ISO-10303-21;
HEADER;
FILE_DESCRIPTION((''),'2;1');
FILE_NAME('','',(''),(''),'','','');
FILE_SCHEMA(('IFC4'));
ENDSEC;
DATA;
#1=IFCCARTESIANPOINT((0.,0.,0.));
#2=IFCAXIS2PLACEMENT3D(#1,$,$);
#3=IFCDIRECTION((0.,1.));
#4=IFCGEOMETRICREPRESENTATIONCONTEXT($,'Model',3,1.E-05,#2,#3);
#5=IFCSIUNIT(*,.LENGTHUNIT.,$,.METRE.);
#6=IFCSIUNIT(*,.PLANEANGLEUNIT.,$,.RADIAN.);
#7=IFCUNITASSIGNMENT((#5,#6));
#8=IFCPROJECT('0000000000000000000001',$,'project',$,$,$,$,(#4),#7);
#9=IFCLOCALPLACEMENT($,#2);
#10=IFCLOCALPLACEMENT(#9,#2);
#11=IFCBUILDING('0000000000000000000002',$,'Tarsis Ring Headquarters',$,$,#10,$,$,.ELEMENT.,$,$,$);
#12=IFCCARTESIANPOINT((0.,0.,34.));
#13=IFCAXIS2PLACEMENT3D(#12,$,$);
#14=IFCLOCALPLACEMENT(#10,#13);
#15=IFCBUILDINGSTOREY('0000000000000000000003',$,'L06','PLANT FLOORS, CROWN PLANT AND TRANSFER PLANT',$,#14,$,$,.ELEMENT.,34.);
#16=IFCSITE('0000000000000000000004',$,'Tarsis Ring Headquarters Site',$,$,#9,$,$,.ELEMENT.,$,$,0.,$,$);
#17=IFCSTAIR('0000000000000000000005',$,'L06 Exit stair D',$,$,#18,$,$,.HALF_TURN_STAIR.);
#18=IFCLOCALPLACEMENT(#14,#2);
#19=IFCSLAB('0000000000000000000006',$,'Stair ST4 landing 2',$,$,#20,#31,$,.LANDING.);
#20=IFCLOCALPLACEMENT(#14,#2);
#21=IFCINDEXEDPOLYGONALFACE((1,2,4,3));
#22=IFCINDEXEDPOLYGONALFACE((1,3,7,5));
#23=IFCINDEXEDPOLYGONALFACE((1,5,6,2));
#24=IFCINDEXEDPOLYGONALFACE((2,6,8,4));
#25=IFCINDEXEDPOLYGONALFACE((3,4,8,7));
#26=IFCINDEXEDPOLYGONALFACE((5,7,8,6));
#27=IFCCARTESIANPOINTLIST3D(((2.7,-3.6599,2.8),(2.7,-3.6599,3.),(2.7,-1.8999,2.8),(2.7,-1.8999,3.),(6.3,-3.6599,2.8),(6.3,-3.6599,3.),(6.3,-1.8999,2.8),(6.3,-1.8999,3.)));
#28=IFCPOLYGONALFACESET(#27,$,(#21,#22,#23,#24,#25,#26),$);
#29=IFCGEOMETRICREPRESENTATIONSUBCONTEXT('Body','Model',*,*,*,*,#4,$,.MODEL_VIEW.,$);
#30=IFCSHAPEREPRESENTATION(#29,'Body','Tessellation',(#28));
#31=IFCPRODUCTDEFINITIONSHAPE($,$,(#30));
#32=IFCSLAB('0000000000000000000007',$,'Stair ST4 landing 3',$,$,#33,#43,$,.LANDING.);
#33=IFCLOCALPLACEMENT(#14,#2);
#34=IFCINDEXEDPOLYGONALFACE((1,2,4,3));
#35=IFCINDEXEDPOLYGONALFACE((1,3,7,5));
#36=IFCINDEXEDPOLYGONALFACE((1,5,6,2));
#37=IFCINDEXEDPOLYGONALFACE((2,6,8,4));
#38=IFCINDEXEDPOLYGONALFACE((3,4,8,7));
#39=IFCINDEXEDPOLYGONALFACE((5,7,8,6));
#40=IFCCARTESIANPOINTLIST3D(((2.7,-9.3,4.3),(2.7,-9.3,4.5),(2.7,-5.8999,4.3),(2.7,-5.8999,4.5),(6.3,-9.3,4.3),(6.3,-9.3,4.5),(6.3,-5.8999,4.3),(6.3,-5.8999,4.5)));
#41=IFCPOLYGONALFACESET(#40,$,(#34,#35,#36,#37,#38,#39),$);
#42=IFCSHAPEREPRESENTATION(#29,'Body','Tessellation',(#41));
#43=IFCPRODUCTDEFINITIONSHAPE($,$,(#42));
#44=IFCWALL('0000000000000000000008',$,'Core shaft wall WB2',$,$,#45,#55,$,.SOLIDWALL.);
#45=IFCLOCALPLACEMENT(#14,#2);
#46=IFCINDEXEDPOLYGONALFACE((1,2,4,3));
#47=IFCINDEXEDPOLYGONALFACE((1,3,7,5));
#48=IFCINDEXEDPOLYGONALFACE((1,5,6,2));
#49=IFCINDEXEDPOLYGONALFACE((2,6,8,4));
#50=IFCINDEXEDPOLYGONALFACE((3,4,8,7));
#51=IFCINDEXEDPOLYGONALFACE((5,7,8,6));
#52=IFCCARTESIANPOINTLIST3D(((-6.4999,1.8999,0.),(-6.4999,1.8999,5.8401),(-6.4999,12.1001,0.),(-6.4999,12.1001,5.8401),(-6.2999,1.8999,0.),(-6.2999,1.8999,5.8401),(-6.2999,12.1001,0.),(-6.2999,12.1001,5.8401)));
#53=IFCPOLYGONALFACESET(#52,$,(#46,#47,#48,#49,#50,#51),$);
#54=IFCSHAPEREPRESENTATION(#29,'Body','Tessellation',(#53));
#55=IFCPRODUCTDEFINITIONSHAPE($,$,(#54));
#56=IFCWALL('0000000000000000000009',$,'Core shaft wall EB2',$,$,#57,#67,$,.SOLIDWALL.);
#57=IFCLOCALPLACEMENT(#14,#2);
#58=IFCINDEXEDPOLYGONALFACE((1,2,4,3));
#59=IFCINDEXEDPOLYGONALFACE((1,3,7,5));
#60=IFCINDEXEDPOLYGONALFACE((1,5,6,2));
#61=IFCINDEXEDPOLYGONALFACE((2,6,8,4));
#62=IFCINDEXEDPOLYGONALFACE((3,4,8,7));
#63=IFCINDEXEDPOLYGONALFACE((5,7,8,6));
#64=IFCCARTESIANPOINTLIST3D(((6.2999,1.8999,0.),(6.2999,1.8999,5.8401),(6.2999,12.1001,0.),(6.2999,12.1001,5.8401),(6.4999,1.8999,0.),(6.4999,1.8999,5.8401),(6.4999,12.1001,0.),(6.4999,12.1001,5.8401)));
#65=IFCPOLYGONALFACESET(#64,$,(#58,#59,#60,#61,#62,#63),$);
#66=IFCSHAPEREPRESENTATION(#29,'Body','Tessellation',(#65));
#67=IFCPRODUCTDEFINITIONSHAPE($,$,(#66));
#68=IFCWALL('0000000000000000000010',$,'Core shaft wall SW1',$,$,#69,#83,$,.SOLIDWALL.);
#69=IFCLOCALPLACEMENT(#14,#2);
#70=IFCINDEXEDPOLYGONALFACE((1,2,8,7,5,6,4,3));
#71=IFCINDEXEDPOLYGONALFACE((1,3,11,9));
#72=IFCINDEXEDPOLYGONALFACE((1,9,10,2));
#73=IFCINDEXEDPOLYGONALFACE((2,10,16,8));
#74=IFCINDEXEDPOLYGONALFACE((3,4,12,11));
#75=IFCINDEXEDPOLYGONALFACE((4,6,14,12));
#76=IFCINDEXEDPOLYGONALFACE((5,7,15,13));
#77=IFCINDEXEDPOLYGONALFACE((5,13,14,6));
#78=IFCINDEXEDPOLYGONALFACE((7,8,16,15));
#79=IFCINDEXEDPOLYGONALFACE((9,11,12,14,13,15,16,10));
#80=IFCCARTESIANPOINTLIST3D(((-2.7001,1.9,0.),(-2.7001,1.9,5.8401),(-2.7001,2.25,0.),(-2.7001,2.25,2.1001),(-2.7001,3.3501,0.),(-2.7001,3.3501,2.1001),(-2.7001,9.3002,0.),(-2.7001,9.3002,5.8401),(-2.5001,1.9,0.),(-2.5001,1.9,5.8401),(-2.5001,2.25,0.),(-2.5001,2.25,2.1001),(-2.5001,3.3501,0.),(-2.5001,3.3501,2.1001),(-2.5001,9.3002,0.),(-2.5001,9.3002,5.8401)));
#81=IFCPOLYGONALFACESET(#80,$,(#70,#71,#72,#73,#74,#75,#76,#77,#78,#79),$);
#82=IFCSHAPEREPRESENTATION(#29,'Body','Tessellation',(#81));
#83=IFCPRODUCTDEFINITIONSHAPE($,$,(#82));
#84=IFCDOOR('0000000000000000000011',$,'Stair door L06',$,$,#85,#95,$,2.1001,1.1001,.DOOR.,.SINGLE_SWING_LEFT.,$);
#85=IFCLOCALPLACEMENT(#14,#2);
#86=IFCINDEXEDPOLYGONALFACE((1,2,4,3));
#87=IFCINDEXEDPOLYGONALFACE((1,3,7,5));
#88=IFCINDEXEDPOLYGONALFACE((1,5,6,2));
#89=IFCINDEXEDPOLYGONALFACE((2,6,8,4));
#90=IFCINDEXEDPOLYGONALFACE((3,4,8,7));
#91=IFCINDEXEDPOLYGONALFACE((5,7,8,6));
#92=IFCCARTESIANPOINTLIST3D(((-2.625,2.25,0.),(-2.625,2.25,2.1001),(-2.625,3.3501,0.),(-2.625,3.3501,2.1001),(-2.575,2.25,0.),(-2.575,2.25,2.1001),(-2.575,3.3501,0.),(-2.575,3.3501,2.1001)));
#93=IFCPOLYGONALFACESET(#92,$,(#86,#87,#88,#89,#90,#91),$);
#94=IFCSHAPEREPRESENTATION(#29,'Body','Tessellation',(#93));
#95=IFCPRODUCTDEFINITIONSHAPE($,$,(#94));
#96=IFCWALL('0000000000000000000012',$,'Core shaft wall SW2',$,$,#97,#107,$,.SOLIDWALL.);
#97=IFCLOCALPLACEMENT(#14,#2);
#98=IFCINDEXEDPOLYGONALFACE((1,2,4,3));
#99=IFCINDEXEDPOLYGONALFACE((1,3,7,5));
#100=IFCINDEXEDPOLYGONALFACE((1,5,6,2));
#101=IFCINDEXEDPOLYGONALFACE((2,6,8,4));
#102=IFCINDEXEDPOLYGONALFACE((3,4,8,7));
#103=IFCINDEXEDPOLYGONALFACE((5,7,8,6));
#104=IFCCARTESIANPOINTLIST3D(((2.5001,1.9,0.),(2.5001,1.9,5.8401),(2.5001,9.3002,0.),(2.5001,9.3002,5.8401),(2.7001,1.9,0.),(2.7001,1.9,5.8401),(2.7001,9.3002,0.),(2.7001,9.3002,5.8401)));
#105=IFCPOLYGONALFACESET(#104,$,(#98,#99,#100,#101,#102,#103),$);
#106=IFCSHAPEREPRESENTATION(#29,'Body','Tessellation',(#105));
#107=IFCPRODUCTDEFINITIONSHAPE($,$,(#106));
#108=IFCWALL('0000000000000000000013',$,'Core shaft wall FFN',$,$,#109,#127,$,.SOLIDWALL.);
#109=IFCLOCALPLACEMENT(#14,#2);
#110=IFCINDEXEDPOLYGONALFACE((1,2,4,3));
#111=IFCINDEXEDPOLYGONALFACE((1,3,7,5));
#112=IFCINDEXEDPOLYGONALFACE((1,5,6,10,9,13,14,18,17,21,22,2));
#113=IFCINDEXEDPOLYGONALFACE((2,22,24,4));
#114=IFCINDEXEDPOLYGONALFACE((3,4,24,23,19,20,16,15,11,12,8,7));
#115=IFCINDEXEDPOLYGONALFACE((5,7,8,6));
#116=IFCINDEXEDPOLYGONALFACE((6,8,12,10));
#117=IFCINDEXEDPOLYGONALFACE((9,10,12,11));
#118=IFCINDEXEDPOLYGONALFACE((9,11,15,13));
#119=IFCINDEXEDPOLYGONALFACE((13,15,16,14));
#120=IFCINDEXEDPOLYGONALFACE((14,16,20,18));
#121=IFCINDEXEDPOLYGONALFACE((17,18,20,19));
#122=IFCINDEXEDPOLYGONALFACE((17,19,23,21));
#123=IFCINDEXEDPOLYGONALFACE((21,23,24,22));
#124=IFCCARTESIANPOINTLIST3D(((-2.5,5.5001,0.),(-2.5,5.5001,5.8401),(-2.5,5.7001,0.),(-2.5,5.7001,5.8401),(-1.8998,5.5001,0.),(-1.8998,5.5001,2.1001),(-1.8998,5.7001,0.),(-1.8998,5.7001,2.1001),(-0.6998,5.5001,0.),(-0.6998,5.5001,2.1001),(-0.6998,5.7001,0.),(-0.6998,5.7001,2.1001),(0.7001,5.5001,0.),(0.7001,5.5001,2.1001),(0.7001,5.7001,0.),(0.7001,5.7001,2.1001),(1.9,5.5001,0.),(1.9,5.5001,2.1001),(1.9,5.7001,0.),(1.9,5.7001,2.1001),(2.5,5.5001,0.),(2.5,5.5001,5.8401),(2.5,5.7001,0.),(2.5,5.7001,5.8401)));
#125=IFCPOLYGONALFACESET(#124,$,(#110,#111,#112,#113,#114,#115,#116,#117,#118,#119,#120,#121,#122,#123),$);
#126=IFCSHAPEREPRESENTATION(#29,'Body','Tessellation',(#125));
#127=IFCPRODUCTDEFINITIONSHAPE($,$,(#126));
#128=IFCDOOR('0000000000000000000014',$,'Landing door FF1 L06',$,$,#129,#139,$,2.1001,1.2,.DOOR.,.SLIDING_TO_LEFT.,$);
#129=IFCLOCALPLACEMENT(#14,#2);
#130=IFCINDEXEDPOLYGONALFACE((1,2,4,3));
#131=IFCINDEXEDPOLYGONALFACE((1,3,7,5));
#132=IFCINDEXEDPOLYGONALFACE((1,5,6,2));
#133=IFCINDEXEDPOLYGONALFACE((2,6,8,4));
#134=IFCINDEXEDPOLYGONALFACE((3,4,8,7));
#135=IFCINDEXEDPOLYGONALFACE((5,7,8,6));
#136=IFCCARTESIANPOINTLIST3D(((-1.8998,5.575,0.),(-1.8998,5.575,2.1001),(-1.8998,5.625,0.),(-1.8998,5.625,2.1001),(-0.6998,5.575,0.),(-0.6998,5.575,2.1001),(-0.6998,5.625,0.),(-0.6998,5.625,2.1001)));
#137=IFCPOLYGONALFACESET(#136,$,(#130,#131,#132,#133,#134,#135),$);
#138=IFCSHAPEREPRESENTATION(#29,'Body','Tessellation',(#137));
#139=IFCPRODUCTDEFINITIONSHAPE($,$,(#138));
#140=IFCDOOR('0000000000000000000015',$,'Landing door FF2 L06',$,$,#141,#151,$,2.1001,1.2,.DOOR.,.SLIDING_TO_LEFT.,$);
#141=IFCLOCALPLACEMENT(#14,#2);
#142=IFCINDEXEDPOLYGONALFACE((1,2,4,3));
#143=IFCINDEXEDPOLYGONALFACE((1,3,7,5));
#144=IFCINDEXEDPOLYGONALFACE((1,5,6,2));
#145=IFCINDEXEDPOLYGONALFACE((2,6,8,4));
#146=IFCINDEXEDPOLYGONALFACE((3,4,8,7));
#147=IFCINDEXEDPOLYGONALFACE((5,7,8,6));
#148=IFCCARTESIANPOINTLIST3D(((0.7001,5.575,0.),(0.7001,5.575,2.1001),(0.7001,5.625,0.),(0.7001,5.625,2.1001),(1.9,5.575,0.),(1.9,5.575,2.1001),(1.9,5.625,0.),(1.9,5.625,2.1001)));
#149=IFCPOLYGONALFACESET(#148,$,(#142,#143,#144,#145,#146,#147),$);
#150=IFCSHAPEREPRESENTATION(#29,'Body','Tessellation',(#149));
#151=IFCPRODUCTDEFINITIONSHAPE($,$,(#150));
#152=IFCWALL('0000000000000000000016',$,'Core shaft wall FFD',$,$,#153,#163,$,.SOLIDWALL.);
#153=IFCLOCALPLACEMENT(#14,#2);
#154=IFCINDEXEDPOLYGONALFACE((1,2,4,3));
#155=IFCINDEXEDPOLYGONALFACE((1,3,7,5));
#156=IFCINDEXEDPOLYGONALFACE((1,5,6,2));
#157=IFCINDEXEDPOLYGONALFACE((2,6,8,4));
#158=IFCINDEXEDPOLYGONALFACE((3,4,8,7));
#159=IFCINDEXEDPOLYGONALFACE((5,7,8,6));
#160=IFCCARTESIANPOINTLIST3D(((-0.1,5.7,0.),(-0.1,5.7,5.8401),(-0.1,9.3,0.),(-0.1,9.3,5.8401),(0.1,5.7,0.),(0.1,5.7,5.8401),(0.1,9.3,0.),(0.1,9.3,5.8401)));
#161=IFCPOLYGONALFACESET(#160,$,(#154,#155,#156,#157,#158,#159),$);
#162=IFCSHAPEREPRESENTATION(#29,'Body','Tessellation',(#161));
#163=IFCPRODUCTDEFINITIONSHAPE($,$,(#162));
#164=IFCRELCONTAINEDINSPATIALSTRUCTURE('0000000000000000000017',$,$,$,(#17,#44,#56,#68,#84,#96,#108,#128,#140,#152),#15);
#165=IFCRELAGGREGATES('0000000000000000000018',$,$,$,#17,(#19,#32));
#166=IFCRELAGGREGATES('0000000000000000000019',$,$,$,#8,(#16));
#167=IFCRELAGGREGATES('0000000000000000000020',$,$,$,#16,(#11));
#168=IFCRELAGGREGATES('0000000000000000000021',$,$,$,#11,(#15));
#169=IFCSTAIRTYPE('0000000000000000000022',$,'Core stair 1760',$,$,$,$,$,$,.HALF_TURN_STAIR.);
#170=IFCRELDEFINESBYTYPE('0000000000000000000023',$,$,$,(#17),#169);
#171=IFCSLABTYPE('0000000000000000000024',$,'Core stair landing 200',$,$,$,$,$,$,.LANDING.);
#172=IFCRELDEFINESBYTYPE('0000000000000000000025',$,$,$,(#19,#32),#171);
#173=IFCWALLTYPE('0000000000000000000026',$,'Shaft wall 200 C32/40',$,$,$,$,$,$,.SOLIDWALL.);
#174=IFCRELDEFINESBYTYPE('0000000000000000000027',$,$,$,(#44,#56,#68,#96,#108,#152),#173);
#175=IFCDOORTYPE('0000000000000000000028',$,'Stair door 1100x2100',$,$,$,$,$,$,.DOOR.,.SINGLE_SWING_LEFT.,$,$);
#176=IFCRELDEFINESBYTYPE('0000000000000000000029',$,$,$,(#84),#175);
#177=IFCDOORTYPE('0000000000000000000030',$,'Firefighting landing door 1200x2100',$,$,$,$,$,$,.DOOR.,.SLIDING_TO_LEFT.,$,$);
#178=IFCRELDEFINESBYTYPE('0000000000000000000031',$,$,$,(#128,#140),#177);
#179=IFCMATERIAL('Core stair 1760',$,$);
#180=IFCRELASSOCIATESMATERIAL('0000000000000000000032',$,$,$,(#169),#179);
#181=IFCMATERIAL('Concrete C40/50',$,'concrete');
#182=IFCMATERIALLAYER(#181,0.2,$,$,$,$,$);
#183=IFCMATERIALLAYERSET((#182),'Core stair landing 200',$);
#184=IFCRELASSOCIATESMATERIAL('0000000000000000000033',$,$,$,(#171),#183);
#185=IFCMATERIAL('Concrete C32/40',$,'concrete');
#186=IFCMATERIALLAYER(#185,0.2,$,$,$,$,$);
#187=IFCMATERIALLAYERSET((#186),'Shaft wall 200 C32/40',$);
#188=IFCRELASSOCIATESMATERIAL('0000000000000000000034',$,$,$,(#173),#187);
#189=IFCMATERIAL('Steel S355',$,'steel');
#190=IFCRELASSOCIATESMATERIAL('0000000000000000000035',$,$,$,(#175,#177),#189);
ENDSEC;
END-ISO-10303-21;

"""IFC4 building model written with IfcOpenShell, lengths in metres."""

from ifc_helpers import new_model, si_unit, direction, frame, frame_2d, origin, place, context, subcontext, project, spatial, polyline, rectangle, outline, extrude, material, layer, layer_set, type_object, element, fill, aggregate, save


model = new_model("IFC4")

# Units and contexts
model_context = context("Model", 3, precision=1e-05, world=origin(), true_north=direction((0.0, 1.0)))
body_context = subcontext(model_context, "Body", "Model", "MODEL_VIEW")
ifc_project = project(units=[si_unit("LENGTHUNIT", "METRE"), si_unit("PLANEANGLEUNIT", "RADIAN")], contexts=[model_context])

# Site, building, storey
site_placement = place(None, origin())
site = spatial("IfcSite", under=ifc_project, at=site_placement, Name="Tarsis Ring Headquarters Site", CompositionType="ELEMENT", RefElevation=0.0)
building_placement = place(site_placement, origin())
building = spatial("IfcBuilding", under=site, at=building_placement, Name="Tarsis Ring Headquarters", CompositionType="ELEMENT")
storey_placement = place(building_placement, frame((0.0, 0.0, 34.0)))
storey = spatial("IfcBuildingStorey", under=building, at=storey_placement, Name="L06", Description="PLANT FLOORS, CROWN PLANT AND TRANSFER PLANT", CompositionType="ELEMENT", Elevation=34.0)

# Shared definitions
ifc_material_1 = material(Name="Concrete C40/50", Category="concrete")

# Stair, slabs
ifc_material_2 = material(Name="Core stair 1760")
stair_type = type_object("IfcStairType", Name="Core stair 1760", PredefinedType="HALF_TURN_STAIR", material=ifc_material_2)
ifc_layer_1 = layer(ifc_material_1, 0.2)
ifc_layer_set_1 = layer_set([ifc_layer_1], Name="Core stair landing 200")
slab_type_1 = type_object("IfcSlabType", Name="Core stair landing 200", PredefinedType="LANDING", material=ifc_layer_set_1)
stair_1_placement = place(storey_placement, origin())
stair_1 = element("IfcStair", 1, at=stair_1_placement, inside=storey, type_object=stair_type, Name="L06 Exit stair D", PredefinedType="HALF_TURN_STAIR")
slab_1_placement = place(storey_placement, frame((0.0, 0.0, 2.8)))
slab_1 = element("IfcSlab", 2, at=slab_1_placement, type_object=slab_type_1, Name="Stair ST4 landing 2", PredefinedType="LANDING", context=body_context, shape_type="SweptSolid", body=[
    extrude(outline(polyline([(2.7, -1.8999), (2.7, -3.6599), (6.3, -3.6599), (6.3, -1.8999), (2.7, -1.8999)])), origin(), (0.0, 0.0, 1.0), 0.2),
])
slab_2_placement = place(storey_placement, frame((0.0, 0.0, 4.3)))
slab_2 = element("IfcSlab", 3, at=slab_2_placement, type_object=slab_type_1, Name="Stair ST4 landing 3", PredefinedType="LANDING", context=body_context, shape_type="SweptSolid", body=[
    extrude(outline(polyline([(2.7, -5.8999), (2.7, -9.3), (6.3, -9.3), (6.3, -5.8999), (2.7, -5.8999)])), origin(), (0.0, 0.0, 1.0), 0.2),
])
aggregate(stair_1, [slab_1, slab_2])

# Walls
ifc_material_3 = material(Name="Concrete C32/40", Category="concrete")
ifc_layer_2 = layer(ifc_material_3, 0.2)
ifc_layer_set_2 = layer_set([ifc_layer_2], Name="Shaft wall 200 C32/40")
wall_type = type_object("IfcWallType", Name="Shaft wall 200 C32/40", PredefinedType="SOLIDWALL", material=ifc_layer_set_2)
for number, where, z_axis, x_axis, name in (
    (4, (-6.3999, 1.8999, 0.0), (0.0, 0.0, 1.0), (0.0, 1.0, 0.0), "Core shaft wall WB2"),
    (5, (6.3999, 1.8999, 0.0), (0.0, 0.0, 1.0), (0.0, 1.0, 0.0), "Core shaft wall EB2"),
):
    element("IfcWall", number, at=place(storey_placement, frame(where, z_axis=z_axis, x_axis=x_axis)), inside=storey, type_object=wall_type, Name=name, PredefinedType="SOLIDWALL", context=body_context, shape_type="SweptSolid", body=[
        extrude(rectangle(XDim=10.2002, YDim=0.2, at=frame_2d((5.1001, 0.0))), origin(), (0.0, 0.0, 1.0), 5.8401),
    ])

# Wall, opening, door
wall_1_placement = place(storey_placement, frame((-2.6001, 1.8999, 0.0), z_axis=(0.0, 0.0, 1.0), x_axis=(0.0, 1.0, 0.0)))
wall_1 = element("IfcWall", 6, at=wall_1_placement, inside=storey, type_object=wall_type, Name="Core shaft wall SW1", PredefinedType="SOLIDWALL", context=body_context, shape_type="SweptSolid", body=[
    extrude(rectangle(XDim=7.4001, YDim=0.2, at=frame_2d((3.7002, 0.0))), origin(), (0.0, 0.0, 1.0), 5.8401),
])
opening_1_placement = place(wall_1_placement, frame((0.3501, 0.0, 0.0)))
opening_1 = element("IfcOpeningElement", 7, at=opening_1_placement, cuts=wall_1, PredefinedType="OPENING", context=body_context, shape_type="SweptSolid", body=[
    extrude(rectangle(XDim=1.1001, YDim=2.1001, at=frame_2d((0.55, 1.05))), frame((0.0, 0.1099, 0.0), z_axis=(0.0, -1.0, 0.0), x_axis=(1.0, 0.0, 0.0)), (0.0, 0.0, 1.0), 0.22),
])
ifc_material_4 = material(Name="Steel S355", Category="steel")
door_type_1 = type_object("IfcDoorType", Name="Stair door 1100x2100", OperationType="SINGLE_SWING_LEFT", PredefinedType="DOOR", material=ifc_material_4)
door_1_placement = place(opening_1_placement, origin())
door_1 = element("IfcDoor", 8, at=door_1_placement, inside=storey, type_object=door_type_1, Name="Stair door L06", OperationType="SINGLE_SWING_LEFT", OverallHeight=2.1001, OverallWidth=1.1001, PredefinedType="DOOR", context=body_context, shape_type="SweptSolid", body=[
    extrude(rectangle(XDim=1.1001, YDim=2.1001, at=frame_2d((0.55, 1.05))), frame((0.0, 0.0249, 0.0), z_axis=(0.0, -1.0, 0.0), x_axis=(1.0, 0.0, 0.0)), (0.0, 0.0, 1.0), 0.05),
])
fill(opening_1, door_1)

# Wall
wall_2_placement = place(storey_placement, frame((2.6001, 1.8999, 0.0), z_axis=(0.0, 0.0, 1.0), x_axis=(0.0, 1.0, 0.0)))
element("IfcWall", 9, at=wall_2_placement, inside=storey, type_object=wall_type, Name="Core shaft wall SW2", PredefinedType="SOLIDWALL", context=body_context, shape_type="SweptSolid", body=[
    extrude(rectangle(XDim=7.4001, YDim=0.2, at=frame_2d((3.7002, 0.0))), origin(), (0.0, 0.0, 1.0), 5.8401),
])

# Wall, openings, doors
wall_3_placement = place(storey_placement, frame((-2.5, 5.6001, 0.0), z_axis=(0.0, 0.0, 1.0), x_axis=(1.0, 0.0, 0.0)))
wall_3 = element("IfcWall", 10, at=wall_3_placement, inside=storey, type_object=wall_type, Name="Core shaft wall FFN", PredefinedType="SOLIDWALL", context=body_context, shape_type="SweptSolid", body=[
    extrude(rectangle(XDim=5.0, YDim=0.2, at=frame_2d((2.5, 0.0))), origin(), (0.0, 0.0, 1.0), 5.8401),
])
opening_2_placement = place(wall_3_placement, frame((0.6001, 0.0, 0.0)))
opening_2 = element("IfcOpeningElement", 11, at=opening_2_placement, cuts=wall_3, PredefinedType="OPENING", context=body_context, shape_type="SweptSolid", body=[
    extrude(rectangle(XDim=1.2, YDim=2.1001, at=frame_2d((0.6001, 1.05))), frame((0.0, 0.1099, 0.0), z_axis=(0.0, -1.0, 0.0), x_axis=(1.0, 0.0, 0.0)), (0.0, 0.0, 1.0), 0.22),
])
opening_3_placement = place(wall_3_placement, frame((3.2, 0.0, 0.0)))
opening_3 = element("IfcOpeningElement", 12, at=opening_3_placement, cuts=wall_3, PredefinedType="OPENING", context=body_context, shape_type="SweptSolid", body=[
    extrude(rectangle(XDim=1.2, YDim=2.1001, at=frame_2d((0.6001, 1.05))), frame((0.0, 0.1099, 0.0), z_axis=(0.0, -1.0, 0.0), x_axis=(1.0, 0.0, 0.0)), (0.0, 0.0, 1.0), 0.22),
])
door_type_2 = type_object("IfcDoorType", Name="Firefighting landing door 1200x2100", OperationType="SLIDING_TO_LEFT", PredefinedType="DOOR", material=ifc_material_4)
door_2_placement = place(opening_2_placement, origin())
door_2 = element("IfcDoor", 13, at=door_2_placement, inside=storey, type_object=door_type_2, Name="Landing door FF1 L06", OperationType="SLIDING_TO_LEFT", OverallHeight=2.1001, OverallWidth=1.2, PredefinedType="DOOR", context=body_context, shape_type="SweptSolid", body=[
    extrude(rectangle(XDim=1.2, YDim=2.1001, at=frame_2d((0.6001, 1.05))), frame((0.0, 0.0249, 0.0), z_axis=(0.0, -1.0, 0.0), x_axis=(1.0, 0.0, 0.0)), (0.0, 0.0, 1.0), 0.05),
])
fill(opening_2, door_2)
door_3_placement = place(opening_3_placement, origin())
door_3 = element("IfcDoor", 14, at=door_3_placement, inside=storey, type_object=door_type_2, Name="Landing door FF2 L06", OperationType="SLIDING_TO_LEFT", OverallHeight=2.1001, OverallWidth=1.2, PredefinedType="DOOR", context=body_context, shape_type="SweptSolid", body=[
    extrude(rectangle(XDim=1.2, YDim=2.1001, at=frame_2d((0.6001, 1.05))), frame((0.0, 0.0249, 0.0), z_axis=(0.0, -1.0, 0.0), x_axis=(1.0, 0.0, 0.0)), (0.0, 0.0, 1.0), 0.05),
])
fill(opening_3, door_3)

# Wall
wall_4_placement = place(storey_placement, frame((0.0, 5.7, 0.0), z_axis=(0.0, 0.0, 1.0), x_axis=(0.0, 1.0, 0.0)))
element("IfcWall", 15, at=wall_4_placement, inside=storey, type_object=wall_type, Name="Core shaft wall FFD", PredefinedType="SOLIDWALL", context=body_context, shape_type="SweptSolid", body=[
    extrude(rectangle(XDim=3.6001, YDim=0.2, at=frame_2d((1.8, 0.0))), origin(), (0.0, 0.0, 1.0), 5.8401),
])

save(model, "model.ifc")
